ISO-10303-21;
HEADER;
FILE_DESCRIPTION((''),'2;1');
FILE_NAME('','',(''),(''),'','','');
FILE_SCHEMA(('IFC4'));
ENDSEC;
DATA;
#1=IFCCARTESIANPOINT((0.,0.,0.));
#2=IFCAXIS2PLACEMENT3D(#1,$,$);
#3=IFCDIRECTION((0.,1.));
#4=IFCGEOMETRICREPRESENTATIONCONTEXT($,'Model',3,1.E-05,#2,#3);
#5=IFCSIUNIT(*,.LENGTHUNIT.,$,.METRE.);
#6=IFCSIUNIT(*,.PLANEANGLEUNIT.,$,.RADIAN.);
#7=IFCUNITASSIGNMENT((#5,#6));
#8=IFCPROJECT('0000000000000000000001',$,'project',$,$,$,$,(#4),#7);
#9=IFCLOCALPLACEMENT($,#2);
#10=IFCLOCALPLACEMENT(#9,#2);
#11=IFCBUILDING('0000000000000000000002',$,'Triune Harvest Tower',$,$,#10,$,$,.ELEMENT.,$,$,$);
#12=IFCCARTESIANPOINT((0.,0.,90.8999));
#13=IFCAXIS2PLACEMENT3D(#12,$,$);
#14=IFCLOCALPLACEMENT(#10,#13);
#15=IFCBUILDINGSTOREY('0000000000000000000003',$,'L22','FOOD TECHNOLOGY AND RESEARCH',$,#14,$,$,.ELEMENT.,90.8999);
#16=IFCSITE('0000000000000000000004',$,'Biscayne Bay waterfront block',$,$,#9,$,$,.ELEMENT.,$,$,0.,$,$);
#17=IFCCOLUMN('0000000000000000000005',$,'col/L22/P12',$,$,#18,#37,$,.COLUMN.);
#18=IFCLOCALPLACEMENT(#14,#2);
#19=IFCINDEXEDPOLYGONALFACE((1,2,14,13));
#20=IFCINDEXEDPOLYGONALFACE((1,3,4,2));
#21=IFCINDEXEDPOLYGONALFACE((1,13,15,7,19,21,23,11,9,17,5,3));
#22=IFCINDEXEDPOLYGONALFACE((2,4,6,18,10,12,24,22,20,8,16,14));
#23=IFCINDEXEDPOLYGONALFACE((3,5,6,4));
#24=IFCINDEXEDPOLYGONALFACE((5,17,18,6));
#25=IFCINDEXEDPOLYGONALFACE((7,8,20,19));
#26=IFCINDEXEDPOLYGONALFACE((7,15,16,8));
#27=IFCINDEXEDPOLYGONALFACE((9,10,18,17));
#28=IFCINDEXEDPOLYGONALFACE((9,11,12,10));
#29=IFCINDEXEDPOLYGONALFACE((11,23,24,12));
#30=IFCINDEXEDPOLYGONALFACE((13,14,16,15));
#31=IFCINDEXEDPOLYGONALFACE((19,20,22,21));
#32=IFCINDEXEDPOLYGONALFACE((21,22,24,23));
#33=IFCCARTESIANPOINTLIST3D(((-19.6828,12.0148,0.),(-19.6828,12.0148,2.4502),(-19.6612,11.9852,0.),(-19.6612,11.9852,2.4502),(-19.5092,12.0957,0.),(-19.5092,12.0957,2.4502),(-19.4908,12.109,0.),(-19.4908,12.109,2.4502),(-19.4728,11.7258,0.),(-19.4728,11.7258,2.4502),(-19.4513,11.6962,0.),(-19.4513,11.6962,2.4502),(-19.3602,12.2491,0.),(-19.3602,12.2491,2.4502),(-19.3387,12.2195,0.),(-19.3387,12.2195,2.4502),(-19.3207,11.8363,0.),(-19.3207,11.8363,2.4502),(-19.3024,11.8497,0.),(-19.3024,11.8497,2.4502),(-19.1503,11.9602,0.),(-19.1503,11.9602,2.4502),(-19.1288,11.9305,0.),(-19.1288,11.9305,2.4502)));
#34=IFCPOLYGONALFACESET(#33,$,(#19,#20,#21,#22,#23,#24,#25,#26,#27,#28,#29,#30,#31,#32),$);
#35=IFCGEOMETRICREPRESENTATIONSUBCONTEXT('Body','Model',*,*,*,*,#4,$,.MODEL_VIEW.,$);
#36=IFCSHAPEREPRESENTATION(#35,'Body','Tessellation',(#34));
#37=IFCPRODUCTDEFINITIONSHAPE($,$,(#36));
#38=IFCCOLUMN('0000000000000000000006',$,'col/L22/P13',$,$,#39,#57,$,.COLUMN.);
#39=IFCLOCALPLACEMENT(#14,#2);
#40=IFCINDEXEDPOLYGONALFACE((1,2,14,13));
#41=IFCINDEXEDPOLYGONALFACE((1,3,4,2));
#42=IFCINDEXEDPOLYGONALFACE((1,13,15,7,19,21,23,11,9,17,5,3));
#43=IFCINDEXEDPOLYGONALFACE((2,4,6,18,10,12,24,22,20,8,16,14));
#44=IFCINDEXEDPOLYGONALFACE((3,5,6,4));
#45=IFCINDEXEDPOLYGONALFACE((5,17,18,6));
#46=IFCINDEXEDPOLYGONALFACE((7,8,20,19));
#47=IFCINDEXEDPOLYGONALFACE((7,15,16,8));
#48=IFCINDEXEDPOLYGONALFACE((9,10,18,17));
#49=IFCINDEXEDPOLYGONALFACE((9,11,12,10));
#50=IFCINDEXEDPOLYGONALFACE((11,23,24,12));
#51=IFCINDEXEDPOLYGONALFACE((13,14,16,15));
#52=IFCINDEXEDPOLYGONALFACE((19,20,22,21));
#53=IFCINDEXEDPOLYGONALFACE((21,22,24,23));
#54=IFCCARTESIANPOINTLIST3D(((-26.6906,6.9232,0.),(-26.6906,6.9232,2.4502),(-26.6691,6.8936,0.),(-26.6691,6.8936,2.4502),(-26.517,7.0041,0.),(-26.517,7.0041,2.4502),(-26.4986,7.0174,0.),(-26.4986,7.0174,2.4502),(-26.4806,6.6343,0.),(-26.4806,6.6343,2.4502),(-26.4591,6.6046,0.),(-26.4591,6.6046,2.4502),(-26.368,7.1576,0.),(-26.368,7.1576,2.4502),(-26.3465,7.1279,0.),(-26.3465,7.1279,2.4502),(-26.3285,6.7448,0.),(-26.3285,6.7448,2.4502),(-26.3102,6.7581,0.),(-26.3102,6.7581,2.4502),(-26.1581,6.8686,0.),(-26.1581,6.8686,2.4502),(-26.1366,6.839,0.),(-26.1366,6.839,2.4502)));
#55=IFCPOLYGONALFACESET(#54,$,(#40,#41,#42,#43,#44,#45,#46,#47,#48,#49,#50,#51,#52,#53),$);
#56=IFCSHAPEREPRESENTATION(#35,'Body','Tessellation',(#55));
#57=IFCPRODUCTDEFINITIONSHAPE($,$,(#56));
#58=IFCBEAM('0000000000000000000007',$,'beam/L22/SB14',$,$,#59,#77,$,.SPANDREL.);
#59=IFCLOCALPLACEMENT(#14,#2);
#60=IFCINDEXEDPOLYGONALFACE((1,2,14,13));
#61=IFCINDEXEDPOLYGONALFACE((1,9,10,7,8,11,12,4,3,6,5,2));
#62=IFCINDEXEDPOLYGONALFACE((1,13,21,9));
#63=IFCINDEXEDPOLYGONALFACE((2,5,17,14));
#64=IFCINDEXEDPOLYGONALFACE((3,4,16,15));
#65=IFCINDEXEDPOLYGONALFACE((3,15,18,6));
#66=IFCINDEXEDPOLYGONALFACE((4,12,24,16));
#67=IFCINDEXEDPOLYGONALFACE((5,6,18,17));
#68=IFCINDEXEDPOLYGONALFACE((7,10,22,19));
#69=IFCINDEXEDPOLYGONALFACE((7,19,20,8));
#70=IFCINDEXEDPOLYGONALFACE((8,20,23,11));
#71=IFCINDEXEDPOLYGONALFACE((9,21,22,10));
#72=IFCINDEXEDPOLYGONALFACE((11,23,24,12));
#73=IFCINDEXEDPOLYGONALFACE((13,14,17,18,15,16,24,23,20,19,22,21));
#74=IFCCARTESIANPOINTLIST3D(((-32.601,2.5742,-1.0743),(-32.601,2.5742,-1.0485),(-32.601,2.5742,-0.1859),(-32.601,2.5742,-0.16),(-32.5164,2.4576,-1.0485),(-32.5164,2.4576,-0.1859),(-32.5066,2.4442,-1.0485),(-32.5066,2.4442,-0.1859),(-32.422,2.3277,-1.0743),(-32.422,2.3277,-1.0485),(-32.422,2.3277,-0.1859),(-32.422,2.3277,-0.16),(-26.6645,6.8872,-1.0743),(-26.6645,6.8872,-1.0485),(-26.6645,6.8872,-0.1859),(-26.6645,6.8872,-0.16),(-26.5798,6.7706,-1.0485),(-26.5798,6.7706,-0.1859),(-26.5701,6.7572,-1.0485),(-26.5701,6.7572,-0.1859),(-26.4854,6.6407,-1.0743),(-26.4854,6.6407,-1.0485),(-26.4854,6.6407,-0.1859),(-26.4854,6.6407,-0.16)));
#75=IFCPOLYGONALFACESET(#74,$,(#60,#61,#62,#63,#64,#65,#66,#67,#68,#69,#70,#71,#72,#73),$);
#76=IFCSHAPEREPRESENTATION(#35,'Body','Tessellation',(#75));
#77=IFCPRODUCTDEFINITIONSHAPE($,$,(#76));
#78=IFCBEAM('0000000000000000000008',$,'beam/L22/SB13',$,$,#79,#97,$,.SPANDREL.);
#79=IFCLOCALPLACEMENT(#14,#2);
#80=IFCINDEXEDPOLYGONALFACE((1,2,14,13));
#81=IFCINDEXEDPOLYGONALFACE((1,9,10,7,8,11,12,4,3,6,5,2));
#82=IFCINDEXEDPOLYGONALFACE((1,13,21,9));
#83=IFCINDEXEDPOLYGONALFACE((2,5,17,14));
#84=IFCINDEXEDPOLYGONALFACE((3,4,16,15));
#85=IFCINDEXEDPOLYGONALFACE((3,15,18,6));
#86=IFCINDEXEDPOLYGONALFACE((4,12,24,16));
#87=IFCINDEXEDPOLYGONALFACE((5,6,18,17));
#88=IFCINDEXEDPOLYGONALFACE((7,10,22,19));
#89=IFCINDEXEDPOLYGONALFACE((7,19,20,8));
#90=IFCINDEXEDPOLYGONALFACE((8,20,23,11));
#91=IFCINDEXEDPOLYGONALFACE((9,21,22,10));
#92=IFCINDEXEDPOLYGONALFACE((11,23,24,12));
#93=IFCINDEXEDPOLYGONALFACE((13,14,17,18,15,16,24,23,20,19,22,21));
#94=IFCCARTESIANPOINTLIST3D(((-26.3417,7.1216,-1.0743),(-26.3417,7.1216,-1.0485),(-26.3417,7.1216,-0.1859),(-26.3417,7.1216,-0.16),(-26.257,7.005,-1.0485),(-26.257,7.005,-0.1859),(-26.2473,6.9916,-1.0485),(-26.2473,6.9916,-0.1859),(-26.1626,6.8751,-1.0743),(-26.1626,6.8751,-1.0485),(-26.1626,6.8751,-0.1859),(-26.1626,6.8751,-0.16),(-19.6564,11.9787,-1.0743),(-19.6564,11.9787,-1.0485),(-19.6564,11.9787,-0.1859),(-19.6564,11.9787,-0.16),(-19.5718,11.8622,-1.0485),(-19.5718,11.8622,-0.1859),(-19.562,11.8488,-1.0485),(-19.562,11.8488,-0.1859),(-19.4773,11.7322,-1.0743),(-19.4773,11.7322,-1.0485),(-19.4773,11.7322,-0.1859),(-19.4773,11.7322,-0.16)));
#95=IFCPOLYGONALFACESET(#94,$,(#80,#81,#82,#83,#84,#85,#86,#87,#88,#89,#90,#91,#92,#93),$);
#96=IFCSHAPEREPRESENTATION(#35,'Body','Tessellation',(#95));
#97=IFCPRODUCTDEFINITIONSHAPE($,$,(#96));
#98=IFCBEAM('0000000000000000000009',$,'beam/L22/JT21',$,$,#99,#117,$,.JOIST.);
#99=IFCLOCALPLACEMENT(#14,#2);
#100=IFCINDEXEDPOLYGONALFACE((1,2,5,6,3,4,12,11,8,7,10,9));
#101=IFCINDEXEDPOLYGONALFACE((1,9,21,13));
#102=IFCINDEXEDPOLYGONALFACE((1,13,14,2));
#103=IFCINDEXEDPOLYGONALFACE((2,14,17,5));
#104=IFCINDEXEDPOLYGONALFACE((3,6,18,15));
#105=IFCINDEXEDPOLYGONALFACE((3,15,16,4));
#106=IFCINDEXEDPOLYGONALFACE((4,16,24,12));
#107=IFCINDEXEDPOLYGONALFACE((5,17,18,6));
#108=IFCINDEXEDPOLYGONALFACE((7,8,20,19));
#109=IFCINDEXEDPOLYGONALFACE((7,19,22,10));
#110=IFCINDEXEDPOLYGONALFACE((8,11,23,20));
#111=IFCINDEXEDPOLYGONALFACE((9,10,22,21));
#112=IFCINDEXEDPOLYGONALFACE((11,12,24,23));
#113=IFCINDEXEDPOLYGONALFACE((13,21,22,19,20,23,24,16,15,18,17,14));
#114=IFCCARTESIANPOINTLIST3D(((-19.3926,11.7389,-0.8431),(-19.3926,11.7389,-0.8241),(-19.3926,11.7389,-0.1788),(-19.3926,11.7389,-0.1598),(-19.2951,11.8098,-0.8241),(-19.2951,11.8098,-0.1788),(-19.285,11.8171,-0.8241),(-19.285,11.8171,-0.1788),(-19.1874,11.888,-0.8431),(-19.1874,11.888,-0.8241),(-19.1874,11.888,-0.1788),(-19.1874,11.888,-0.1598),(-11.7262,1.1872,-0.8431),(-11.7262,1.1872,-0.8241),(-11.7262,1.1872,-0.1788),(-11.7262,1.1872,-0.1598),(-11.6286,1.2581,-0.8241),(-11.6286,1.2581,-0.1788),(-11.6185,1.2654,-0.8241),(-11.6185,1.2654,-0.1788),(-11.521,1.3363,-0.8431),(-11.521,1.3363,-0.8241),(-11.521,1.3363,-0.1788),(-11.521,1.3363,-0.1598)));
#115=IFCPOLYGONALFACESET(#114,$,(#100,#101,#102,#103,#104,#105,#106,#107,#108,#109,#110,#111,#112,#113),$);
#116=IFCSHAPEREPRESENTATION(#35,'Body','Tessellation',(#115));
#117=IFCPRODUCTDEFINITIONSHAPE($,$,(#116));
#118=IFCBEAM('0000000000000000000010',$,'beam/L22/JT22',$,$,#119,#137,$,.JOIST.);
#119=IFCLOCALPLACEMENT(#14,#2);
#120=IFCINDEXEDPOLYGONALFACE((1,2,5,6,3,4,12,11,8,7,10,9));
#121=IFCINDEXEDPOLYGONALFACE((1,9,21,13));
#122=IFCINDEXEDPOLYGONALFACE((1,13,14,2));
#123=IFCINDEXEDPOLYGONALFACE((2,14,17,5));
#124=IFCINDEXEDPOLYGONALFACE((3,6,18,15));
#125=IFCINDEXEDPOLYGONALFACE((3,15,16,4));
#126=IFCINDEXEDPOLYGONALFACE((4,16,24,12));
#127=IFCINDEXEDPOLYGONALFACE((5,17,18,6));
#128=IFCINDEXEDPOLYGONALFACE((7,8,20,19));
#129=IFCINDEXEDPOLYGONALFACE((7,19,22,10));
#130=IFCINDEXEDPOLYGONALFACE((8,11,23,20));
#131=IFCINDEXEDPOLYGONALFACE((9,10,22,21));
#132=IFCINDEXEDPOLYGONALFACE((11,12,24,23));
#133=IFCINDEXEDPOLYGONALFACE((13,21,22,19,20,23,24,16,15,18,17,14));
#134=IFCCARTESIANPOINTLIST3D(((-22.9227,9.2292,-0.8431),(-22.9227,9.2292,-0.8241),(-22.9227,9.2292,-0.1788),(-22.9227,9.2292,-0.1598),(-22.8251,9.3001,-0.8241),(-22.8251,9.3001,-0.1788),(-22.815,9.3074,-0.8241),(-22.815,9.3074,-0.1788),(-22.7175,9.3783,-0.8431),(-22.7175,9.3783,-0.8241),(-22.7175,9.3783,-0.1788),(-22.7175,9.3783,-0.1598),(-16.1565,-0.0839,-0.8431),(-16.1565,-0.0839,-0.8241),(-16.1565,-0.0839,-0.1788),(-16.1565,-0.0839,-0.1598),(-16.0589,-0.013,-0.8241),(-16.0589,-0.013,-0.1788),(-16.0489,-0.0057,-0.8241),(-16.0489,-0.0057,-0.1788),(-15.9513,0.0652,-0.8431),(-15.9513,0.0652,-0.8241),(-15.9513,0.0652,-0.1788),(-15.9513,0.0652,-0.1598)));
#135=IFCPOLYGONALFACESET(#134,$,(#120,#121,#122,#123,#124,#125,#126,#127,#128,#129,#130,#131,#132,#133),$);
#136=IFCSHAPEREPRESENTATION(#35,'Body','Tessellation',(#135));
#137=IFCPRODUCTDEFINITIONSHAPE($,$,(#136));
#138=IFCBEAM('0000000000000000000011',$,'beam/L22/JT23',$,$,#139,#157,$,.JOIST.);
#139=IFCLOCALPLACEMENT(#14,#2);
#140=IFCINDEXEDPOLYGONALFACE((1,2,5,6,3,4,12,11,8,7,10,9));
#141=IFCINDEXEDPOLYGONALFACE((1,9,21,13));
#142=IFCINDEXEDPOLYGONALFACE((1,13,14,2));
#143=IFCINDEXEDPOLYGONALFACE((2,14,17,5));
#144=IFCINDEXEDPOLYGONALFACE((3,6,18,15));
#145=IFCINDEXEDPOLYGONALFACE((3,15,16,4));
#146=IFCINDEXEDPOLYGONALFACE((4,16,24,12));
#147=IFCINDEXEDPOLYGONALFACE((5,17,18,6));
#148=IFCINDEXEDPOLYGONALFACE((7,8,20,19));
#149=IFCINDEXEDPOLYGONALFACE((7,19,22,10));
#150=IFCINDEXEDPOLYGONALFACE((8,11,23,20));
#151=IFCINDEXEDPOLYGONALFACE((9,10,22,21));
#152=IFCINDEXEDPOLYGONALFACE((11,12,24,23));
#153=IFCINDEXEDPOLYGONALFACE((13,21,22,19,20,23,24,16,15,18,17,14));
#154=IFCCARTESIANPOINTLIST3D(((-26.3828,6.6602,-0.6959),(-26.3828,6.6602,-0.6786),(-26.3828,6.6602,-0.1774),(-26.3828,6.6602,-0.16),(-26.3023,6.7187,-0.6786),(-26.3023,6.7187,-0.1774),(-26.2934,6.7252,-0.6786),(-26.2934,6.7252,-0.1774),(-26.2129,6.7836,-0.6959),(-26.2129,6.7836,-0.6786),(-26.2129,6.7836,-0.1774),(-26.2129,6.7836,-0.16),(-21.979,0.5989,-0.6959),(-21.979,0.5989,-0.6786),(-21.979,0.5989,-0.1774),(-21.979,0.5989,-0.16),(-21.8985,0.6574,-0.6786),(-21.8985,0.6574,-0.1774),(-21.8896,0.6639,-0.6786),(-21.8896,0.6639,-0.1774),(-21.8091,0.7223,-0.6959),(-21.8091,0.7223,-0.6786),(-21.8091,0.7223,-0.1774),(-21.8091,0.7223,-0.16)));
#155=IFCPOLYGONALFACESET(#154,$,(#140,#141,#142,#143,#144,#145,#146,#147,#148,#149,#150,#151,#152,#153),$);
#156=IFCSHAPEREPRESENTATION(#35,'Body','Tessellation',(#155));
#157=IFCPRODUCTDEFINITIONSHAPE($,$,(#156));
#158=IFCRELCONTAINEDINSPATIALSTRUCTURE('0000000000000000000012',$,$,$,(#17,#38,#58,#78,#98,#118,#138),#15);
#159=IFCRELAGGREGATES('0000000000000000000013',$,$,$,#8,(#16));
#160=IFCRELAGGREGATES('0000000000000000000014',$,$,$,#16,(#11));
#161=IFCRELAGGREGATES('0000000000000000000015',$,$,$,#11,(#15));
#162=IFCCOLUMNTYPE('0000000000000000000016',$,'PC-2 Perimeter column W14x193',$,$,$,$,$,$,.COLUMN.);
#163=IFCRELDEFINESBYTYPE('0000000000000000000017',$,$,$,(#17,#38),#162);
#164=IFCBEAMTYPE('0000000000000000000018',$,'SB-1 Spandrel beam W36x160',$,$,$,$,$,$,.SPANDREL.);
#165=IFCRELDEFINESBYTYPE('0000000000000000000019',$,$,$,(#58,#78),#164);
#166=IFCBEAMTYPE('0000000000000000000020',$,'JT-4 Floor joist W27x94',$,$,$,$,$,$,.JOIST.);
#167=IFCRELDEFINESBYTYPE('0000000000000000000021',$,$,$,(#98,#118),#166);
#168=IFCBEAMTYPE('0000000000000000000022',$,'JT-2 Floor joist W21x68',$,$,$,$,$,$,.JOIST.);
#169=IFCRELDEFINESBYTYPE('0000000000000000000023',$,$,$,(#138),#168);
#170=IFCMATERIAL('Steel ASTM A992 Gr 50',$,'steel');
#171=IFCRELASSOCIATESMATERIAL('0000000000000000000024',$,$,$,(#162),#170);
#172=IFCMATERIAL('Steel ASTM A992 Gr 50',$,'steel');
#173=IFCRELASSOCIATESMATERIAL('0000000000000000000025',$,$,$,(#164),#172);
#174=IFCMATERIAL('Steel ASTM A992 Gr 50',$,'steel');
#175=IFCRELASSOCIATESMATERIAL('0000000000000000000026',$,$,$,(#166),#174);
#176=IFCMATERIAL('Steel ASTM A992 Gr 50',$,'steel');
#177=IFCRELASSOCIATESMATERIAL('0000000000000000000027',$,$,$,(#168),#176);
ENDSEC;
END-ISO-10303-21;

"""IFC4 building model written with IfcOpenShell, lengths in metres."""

from ifc_helpers import new_model, si_unit, direction, frame, origin, origin_2d, place, context, subcontext, project, spatial, i_section, extrude, source, transform, mapped, material, material_profile, profile_set, type_object, element, save


model = new_model("IFC4")

# Units and contexts
model_context = context("Model", 3, precision=1e-05, world=origin(), true_north=direction((0.0, 1.0)))
body_context = subcontext(model_context, "Body", "Model", "MODEL_VIEW")
ifc_project = project(units=[si_unit("LENGTHUNIT", "METRE"), si_unit("PLANEANGLEUNIT", "RADIAN")], contexts=[model_context])

# Site, building, storey
site_placement = place(None, origin())
site = spatial("IfcSite", under=ifc_project, at=site_placement, Name="Biscayne Bay waterfront block", CompositionType="ELEMENT", RefElevation=0.0)
building_placement = place(site_placement, origin())
building = spatial("IfcBuilding", under=site, at=building_placement, Name="Triune Harvest Tower", CompositionType="ELEMENT")
storey_placement = place(building_placement, frame((0.0, 0.0, 90.8999)))
storey = spatial("IfcBuildingStorey", under=building, at=storey_placement, Name="L22", Description="FOOD TECHNOLOGY AND RESEARCH", CompositionType="ELEMENT", Elevation=90.8999)

# Columns
ifc_material_1 = material(Name="Steel ASTM A992 Gr 50", Category="steel")
ifc_material_profile_1 = material_profile(ifc_material_1, i_section(OverallWidth=0.3987, OverallDepth=0.3938, WebThickness=0.0227, FlangeThickness=0.0366, at=origin_2d()), Name="W14x193")
ifc_profile_set_1 = profile_set([ifc_material_profile_1], Name="Steel ASTM A992 Gr 50")
column_type = type_object("IfcColumnType", Name="PC-2 Perimeter column W14x193", PredefinedType="COLUMN", material=ifc_profile_set_1)
shared_shape_1 = source(origin(), body_context, "Body", "SweptSolid", [
    extrude(i_section(OverallWidth=0.3987, OverallDepth=0.3938, WebThickness=0.0227, FlangeThickness=0.0366, at=origin_2d()), origin(), (0.0, 0.0, 1.0), 2.4502),
])
for number, where, z_axis, x_axis, name in (
    (1, (-19.4058, 11.9727, 0.0), (0.0, 0.0, 1.0), (-0.809017, -0.587785, 0.0), "col/L22/P12"),
    (2, (-26.4136, 6.8811, 0.0), (0.0, 0.0, 1.0), (-0.809017, -0.587785, 0.0), "col/L22/P13"),
):
    element("IfcColumn", number, at=place(storey_placement, frame(where, z_axis=z_axis, x_axis=x_axis)), inside=storey, type_object=column_type, Name=name, PredefinedType="COLUMN", context=body_context, shape_type="MappedRepresentation", body=[
        mapped(shared_shape_1, transform((0.0, 0.0, 0.0), scale=1.0)),
    ])

# Beams
ifc_material_2 = material(Name="Steel ASTM A992 Gr 50", Category="steel")
ifc_material_profile_2 = material_profile(ifc_material_2, i_section(OverallWidth=0.3047, OverallDepth=0.9143, WebThickness=0.0166, FlangeThickness=0.0259, at=origin_2d()), Name="W36x160")
ifc_profile_set_2 = profile_set([ifc_material_profile_2], Name="Steel ASTM A992 Gr 50")
beam_type_1 = type_object("IfcBeamType", Name="SB-1 Spandrel beam W36x160", PredefinedType="SPANDREL", material=ifc_profile_set_2)
shared_shape_2 = source(origin(), body_context, "Body", "SweptSolid", [
    extrude(i_section(OverallWidth=0.3047, OverallDepth=0.9143, WebThickness=0.0166, FlangeThickness=0.0259, at=origin_2d()), origin(), (0.0, 0.0, 1.0), 7.3379),
])
beam_1_placement = place(storey_placement, frame((-26.575, 6.7639, -0.6172), z_axis=(-0.809027, -0.587772, 0.0), x_axis=(0.587772, -0.809027, 0.0)))
element("IfcBeam", 3, at=beam_1_placement, inside=storey, type_object=beam_type_1, Name="beam/L22/SB14", PredefinedType="SPANDREL", context=body_context, shape_type="MappedRepresentation", body=[
    mapped(shared_shape_2, transform((0.0, 0.0, 0.0), scale=1.0)),
])
shared_shape_3 = source(origin(), body_context, "Body", "SweptSolid", [
    extrude(i_section(OverallWidth=0.3047, OverallDepth=0.9143, WebThickness=0.0166, FlangeThickness=0.0259, at=origin_2d()), origin(), (0.0, 0.0, 1.0), 8.2634),
])
beam_2_placement = place(storey_placement, frame((-19.5669, 11.8555, -0.6172), z_axis=(-0.809016, -0.587787, 0.0), x_axis=(0.587787, -0.809016, 0.0)))
element("IfcBeam", 4, at=beam_2_placement, inside=storey, type_object=beam_type_1, Name="beam/L22/SB13", PredefinedType="SPANDREL", context=body_context, shape_type="MappedRepresentation", body=[
    mapped(shared_shape_3, transform((0.0, 0.0, 0.0), scale=1.0)),
])
ifc_material_3 = material(Name="Steel ASTM A992 Gr 50", Category="steel")
ifc_material_profile_3 = material_profile(ifc_material_3, i_section(OverallWidth=0.2537, OverallDepth=0.6833, WebThickness=0.0125, FlangeThickness=0.019, at=origin_2d()), Name="W27x94")
ifc_profile_set_3 = profile_set([ifc_material_profile_3], Name="Steel ASTM A992 Gr 50")
beam_type_2 = type_object("IfcBeamType", Name="JT-4 Floor joist W27x94", PredefinedType="JOIST", material=ifc_profile_set_3)
shared_shape_4 = source(origin(), body_context, "Body", "SweptSolid", [
    extrude(i_section(OverallWidth=0.2537, OverallDepth=0.6833, WebThickness=0.0125, FlangeThickness=0.019, at=origin_2d()), origin(), (0.0, 0.0, 1.0), 13.0427),
])
beam_3_placement = place(storey_placement, frame((-19.29, 11.8135, -0.5015), z_axis=(0.587795, -0.80901, 0.0), x_axis=(0.80901, 0.587795, 0.0)))
element("IfcBeam", 5, at=beam_3_placement, inside=storey, type_object=beam_type_2, Name="beam/L22/JT21", PredefinedType="JOIST", context=body_context, shape_type="MappedRepresentation", body=[
    mapped(shared_shape_4, transform((0.0, 0.0, 0.0), scale=1.0)),
])
shared_shape_5 = source(origin(), body_context, "Body", "SweptSolid", [
    extrude(i_section(OverallWidth=0.2537, OverallDepth=0.6833, WebThickness=0.0125, FlangeThickness=0.019, at=origin_2d()), origin(), (0.0, 0.0, 1.0), 11.5115),
])
beam_4_placement = place(storey_placement, frame((-22.8201, 9.3037, -0.5015), z_axis=(0.587776, -0.809024, 0.0), x_axis=(0.809024, 0.587776, 0.0)))
element("IfcBeam", 6, at=beam_4_placement, inside=storey, type_object=beam_type_2, Name="beam/L22/JT22", PredefinedType="JOIST", context=body_context, shape_type="MappedRepresentation", body=[
    mapped(shared_shape_5, transform((0.0, 0.0, 0.0), scale=1.0)),
])
ifc_material_4 = material(Name="Steel ASTM A992 Gr 50", Category="steel")
ifc_material_profile_4 = material_profile(ifc_material_4, i_section(OverallWidth=0.21, OverallDepth=0.5359, WebThickness=0.011, FlangeThickness=0.0173, at=origin_2d()), Name="W21x68")
ifc_profile_set_4 = profile_set([ifc_material_profile_4], Name="Steel ASTM A992 Gr 50")
beam_type_3 = type_object("IfcBeamType", Name="JT-2 Floor joist W21x68", PredefinedType="JOIST", material=ifc_profile_set_4)
shared_shape_6 = source(origin(), body_context, "Body", "SweptSolid", [
    extrude(i_section(OverallWidth=0.21, OverallDepth=0.5359, WebThickness=0.011, FlangeThickness=0.0173, at=origin_2d()), origin(), (0.0, 0.0, 1.0), 7.4922),
])
beam_5_placement = place(storey_placement, frame((-26.2979, 6.7219, -0.428), z_axis=(0.587788, -0.809015, 0.0), x_axis=(0.809015, 0.587788, 0.0)))
element("IfcBeam", 7, at=beam_5_placement, inside=storey, type_object=beam_type_3, Name="beam/L22/JT23", PredefinedType="JOIST", context=body_context, shape_type="MappedRepresentation", body=[
    mapped(shared_shape_6, transform((0.0, 0.0, 0.0), scale=1.0)),
])

save(model, "model.ifc")
